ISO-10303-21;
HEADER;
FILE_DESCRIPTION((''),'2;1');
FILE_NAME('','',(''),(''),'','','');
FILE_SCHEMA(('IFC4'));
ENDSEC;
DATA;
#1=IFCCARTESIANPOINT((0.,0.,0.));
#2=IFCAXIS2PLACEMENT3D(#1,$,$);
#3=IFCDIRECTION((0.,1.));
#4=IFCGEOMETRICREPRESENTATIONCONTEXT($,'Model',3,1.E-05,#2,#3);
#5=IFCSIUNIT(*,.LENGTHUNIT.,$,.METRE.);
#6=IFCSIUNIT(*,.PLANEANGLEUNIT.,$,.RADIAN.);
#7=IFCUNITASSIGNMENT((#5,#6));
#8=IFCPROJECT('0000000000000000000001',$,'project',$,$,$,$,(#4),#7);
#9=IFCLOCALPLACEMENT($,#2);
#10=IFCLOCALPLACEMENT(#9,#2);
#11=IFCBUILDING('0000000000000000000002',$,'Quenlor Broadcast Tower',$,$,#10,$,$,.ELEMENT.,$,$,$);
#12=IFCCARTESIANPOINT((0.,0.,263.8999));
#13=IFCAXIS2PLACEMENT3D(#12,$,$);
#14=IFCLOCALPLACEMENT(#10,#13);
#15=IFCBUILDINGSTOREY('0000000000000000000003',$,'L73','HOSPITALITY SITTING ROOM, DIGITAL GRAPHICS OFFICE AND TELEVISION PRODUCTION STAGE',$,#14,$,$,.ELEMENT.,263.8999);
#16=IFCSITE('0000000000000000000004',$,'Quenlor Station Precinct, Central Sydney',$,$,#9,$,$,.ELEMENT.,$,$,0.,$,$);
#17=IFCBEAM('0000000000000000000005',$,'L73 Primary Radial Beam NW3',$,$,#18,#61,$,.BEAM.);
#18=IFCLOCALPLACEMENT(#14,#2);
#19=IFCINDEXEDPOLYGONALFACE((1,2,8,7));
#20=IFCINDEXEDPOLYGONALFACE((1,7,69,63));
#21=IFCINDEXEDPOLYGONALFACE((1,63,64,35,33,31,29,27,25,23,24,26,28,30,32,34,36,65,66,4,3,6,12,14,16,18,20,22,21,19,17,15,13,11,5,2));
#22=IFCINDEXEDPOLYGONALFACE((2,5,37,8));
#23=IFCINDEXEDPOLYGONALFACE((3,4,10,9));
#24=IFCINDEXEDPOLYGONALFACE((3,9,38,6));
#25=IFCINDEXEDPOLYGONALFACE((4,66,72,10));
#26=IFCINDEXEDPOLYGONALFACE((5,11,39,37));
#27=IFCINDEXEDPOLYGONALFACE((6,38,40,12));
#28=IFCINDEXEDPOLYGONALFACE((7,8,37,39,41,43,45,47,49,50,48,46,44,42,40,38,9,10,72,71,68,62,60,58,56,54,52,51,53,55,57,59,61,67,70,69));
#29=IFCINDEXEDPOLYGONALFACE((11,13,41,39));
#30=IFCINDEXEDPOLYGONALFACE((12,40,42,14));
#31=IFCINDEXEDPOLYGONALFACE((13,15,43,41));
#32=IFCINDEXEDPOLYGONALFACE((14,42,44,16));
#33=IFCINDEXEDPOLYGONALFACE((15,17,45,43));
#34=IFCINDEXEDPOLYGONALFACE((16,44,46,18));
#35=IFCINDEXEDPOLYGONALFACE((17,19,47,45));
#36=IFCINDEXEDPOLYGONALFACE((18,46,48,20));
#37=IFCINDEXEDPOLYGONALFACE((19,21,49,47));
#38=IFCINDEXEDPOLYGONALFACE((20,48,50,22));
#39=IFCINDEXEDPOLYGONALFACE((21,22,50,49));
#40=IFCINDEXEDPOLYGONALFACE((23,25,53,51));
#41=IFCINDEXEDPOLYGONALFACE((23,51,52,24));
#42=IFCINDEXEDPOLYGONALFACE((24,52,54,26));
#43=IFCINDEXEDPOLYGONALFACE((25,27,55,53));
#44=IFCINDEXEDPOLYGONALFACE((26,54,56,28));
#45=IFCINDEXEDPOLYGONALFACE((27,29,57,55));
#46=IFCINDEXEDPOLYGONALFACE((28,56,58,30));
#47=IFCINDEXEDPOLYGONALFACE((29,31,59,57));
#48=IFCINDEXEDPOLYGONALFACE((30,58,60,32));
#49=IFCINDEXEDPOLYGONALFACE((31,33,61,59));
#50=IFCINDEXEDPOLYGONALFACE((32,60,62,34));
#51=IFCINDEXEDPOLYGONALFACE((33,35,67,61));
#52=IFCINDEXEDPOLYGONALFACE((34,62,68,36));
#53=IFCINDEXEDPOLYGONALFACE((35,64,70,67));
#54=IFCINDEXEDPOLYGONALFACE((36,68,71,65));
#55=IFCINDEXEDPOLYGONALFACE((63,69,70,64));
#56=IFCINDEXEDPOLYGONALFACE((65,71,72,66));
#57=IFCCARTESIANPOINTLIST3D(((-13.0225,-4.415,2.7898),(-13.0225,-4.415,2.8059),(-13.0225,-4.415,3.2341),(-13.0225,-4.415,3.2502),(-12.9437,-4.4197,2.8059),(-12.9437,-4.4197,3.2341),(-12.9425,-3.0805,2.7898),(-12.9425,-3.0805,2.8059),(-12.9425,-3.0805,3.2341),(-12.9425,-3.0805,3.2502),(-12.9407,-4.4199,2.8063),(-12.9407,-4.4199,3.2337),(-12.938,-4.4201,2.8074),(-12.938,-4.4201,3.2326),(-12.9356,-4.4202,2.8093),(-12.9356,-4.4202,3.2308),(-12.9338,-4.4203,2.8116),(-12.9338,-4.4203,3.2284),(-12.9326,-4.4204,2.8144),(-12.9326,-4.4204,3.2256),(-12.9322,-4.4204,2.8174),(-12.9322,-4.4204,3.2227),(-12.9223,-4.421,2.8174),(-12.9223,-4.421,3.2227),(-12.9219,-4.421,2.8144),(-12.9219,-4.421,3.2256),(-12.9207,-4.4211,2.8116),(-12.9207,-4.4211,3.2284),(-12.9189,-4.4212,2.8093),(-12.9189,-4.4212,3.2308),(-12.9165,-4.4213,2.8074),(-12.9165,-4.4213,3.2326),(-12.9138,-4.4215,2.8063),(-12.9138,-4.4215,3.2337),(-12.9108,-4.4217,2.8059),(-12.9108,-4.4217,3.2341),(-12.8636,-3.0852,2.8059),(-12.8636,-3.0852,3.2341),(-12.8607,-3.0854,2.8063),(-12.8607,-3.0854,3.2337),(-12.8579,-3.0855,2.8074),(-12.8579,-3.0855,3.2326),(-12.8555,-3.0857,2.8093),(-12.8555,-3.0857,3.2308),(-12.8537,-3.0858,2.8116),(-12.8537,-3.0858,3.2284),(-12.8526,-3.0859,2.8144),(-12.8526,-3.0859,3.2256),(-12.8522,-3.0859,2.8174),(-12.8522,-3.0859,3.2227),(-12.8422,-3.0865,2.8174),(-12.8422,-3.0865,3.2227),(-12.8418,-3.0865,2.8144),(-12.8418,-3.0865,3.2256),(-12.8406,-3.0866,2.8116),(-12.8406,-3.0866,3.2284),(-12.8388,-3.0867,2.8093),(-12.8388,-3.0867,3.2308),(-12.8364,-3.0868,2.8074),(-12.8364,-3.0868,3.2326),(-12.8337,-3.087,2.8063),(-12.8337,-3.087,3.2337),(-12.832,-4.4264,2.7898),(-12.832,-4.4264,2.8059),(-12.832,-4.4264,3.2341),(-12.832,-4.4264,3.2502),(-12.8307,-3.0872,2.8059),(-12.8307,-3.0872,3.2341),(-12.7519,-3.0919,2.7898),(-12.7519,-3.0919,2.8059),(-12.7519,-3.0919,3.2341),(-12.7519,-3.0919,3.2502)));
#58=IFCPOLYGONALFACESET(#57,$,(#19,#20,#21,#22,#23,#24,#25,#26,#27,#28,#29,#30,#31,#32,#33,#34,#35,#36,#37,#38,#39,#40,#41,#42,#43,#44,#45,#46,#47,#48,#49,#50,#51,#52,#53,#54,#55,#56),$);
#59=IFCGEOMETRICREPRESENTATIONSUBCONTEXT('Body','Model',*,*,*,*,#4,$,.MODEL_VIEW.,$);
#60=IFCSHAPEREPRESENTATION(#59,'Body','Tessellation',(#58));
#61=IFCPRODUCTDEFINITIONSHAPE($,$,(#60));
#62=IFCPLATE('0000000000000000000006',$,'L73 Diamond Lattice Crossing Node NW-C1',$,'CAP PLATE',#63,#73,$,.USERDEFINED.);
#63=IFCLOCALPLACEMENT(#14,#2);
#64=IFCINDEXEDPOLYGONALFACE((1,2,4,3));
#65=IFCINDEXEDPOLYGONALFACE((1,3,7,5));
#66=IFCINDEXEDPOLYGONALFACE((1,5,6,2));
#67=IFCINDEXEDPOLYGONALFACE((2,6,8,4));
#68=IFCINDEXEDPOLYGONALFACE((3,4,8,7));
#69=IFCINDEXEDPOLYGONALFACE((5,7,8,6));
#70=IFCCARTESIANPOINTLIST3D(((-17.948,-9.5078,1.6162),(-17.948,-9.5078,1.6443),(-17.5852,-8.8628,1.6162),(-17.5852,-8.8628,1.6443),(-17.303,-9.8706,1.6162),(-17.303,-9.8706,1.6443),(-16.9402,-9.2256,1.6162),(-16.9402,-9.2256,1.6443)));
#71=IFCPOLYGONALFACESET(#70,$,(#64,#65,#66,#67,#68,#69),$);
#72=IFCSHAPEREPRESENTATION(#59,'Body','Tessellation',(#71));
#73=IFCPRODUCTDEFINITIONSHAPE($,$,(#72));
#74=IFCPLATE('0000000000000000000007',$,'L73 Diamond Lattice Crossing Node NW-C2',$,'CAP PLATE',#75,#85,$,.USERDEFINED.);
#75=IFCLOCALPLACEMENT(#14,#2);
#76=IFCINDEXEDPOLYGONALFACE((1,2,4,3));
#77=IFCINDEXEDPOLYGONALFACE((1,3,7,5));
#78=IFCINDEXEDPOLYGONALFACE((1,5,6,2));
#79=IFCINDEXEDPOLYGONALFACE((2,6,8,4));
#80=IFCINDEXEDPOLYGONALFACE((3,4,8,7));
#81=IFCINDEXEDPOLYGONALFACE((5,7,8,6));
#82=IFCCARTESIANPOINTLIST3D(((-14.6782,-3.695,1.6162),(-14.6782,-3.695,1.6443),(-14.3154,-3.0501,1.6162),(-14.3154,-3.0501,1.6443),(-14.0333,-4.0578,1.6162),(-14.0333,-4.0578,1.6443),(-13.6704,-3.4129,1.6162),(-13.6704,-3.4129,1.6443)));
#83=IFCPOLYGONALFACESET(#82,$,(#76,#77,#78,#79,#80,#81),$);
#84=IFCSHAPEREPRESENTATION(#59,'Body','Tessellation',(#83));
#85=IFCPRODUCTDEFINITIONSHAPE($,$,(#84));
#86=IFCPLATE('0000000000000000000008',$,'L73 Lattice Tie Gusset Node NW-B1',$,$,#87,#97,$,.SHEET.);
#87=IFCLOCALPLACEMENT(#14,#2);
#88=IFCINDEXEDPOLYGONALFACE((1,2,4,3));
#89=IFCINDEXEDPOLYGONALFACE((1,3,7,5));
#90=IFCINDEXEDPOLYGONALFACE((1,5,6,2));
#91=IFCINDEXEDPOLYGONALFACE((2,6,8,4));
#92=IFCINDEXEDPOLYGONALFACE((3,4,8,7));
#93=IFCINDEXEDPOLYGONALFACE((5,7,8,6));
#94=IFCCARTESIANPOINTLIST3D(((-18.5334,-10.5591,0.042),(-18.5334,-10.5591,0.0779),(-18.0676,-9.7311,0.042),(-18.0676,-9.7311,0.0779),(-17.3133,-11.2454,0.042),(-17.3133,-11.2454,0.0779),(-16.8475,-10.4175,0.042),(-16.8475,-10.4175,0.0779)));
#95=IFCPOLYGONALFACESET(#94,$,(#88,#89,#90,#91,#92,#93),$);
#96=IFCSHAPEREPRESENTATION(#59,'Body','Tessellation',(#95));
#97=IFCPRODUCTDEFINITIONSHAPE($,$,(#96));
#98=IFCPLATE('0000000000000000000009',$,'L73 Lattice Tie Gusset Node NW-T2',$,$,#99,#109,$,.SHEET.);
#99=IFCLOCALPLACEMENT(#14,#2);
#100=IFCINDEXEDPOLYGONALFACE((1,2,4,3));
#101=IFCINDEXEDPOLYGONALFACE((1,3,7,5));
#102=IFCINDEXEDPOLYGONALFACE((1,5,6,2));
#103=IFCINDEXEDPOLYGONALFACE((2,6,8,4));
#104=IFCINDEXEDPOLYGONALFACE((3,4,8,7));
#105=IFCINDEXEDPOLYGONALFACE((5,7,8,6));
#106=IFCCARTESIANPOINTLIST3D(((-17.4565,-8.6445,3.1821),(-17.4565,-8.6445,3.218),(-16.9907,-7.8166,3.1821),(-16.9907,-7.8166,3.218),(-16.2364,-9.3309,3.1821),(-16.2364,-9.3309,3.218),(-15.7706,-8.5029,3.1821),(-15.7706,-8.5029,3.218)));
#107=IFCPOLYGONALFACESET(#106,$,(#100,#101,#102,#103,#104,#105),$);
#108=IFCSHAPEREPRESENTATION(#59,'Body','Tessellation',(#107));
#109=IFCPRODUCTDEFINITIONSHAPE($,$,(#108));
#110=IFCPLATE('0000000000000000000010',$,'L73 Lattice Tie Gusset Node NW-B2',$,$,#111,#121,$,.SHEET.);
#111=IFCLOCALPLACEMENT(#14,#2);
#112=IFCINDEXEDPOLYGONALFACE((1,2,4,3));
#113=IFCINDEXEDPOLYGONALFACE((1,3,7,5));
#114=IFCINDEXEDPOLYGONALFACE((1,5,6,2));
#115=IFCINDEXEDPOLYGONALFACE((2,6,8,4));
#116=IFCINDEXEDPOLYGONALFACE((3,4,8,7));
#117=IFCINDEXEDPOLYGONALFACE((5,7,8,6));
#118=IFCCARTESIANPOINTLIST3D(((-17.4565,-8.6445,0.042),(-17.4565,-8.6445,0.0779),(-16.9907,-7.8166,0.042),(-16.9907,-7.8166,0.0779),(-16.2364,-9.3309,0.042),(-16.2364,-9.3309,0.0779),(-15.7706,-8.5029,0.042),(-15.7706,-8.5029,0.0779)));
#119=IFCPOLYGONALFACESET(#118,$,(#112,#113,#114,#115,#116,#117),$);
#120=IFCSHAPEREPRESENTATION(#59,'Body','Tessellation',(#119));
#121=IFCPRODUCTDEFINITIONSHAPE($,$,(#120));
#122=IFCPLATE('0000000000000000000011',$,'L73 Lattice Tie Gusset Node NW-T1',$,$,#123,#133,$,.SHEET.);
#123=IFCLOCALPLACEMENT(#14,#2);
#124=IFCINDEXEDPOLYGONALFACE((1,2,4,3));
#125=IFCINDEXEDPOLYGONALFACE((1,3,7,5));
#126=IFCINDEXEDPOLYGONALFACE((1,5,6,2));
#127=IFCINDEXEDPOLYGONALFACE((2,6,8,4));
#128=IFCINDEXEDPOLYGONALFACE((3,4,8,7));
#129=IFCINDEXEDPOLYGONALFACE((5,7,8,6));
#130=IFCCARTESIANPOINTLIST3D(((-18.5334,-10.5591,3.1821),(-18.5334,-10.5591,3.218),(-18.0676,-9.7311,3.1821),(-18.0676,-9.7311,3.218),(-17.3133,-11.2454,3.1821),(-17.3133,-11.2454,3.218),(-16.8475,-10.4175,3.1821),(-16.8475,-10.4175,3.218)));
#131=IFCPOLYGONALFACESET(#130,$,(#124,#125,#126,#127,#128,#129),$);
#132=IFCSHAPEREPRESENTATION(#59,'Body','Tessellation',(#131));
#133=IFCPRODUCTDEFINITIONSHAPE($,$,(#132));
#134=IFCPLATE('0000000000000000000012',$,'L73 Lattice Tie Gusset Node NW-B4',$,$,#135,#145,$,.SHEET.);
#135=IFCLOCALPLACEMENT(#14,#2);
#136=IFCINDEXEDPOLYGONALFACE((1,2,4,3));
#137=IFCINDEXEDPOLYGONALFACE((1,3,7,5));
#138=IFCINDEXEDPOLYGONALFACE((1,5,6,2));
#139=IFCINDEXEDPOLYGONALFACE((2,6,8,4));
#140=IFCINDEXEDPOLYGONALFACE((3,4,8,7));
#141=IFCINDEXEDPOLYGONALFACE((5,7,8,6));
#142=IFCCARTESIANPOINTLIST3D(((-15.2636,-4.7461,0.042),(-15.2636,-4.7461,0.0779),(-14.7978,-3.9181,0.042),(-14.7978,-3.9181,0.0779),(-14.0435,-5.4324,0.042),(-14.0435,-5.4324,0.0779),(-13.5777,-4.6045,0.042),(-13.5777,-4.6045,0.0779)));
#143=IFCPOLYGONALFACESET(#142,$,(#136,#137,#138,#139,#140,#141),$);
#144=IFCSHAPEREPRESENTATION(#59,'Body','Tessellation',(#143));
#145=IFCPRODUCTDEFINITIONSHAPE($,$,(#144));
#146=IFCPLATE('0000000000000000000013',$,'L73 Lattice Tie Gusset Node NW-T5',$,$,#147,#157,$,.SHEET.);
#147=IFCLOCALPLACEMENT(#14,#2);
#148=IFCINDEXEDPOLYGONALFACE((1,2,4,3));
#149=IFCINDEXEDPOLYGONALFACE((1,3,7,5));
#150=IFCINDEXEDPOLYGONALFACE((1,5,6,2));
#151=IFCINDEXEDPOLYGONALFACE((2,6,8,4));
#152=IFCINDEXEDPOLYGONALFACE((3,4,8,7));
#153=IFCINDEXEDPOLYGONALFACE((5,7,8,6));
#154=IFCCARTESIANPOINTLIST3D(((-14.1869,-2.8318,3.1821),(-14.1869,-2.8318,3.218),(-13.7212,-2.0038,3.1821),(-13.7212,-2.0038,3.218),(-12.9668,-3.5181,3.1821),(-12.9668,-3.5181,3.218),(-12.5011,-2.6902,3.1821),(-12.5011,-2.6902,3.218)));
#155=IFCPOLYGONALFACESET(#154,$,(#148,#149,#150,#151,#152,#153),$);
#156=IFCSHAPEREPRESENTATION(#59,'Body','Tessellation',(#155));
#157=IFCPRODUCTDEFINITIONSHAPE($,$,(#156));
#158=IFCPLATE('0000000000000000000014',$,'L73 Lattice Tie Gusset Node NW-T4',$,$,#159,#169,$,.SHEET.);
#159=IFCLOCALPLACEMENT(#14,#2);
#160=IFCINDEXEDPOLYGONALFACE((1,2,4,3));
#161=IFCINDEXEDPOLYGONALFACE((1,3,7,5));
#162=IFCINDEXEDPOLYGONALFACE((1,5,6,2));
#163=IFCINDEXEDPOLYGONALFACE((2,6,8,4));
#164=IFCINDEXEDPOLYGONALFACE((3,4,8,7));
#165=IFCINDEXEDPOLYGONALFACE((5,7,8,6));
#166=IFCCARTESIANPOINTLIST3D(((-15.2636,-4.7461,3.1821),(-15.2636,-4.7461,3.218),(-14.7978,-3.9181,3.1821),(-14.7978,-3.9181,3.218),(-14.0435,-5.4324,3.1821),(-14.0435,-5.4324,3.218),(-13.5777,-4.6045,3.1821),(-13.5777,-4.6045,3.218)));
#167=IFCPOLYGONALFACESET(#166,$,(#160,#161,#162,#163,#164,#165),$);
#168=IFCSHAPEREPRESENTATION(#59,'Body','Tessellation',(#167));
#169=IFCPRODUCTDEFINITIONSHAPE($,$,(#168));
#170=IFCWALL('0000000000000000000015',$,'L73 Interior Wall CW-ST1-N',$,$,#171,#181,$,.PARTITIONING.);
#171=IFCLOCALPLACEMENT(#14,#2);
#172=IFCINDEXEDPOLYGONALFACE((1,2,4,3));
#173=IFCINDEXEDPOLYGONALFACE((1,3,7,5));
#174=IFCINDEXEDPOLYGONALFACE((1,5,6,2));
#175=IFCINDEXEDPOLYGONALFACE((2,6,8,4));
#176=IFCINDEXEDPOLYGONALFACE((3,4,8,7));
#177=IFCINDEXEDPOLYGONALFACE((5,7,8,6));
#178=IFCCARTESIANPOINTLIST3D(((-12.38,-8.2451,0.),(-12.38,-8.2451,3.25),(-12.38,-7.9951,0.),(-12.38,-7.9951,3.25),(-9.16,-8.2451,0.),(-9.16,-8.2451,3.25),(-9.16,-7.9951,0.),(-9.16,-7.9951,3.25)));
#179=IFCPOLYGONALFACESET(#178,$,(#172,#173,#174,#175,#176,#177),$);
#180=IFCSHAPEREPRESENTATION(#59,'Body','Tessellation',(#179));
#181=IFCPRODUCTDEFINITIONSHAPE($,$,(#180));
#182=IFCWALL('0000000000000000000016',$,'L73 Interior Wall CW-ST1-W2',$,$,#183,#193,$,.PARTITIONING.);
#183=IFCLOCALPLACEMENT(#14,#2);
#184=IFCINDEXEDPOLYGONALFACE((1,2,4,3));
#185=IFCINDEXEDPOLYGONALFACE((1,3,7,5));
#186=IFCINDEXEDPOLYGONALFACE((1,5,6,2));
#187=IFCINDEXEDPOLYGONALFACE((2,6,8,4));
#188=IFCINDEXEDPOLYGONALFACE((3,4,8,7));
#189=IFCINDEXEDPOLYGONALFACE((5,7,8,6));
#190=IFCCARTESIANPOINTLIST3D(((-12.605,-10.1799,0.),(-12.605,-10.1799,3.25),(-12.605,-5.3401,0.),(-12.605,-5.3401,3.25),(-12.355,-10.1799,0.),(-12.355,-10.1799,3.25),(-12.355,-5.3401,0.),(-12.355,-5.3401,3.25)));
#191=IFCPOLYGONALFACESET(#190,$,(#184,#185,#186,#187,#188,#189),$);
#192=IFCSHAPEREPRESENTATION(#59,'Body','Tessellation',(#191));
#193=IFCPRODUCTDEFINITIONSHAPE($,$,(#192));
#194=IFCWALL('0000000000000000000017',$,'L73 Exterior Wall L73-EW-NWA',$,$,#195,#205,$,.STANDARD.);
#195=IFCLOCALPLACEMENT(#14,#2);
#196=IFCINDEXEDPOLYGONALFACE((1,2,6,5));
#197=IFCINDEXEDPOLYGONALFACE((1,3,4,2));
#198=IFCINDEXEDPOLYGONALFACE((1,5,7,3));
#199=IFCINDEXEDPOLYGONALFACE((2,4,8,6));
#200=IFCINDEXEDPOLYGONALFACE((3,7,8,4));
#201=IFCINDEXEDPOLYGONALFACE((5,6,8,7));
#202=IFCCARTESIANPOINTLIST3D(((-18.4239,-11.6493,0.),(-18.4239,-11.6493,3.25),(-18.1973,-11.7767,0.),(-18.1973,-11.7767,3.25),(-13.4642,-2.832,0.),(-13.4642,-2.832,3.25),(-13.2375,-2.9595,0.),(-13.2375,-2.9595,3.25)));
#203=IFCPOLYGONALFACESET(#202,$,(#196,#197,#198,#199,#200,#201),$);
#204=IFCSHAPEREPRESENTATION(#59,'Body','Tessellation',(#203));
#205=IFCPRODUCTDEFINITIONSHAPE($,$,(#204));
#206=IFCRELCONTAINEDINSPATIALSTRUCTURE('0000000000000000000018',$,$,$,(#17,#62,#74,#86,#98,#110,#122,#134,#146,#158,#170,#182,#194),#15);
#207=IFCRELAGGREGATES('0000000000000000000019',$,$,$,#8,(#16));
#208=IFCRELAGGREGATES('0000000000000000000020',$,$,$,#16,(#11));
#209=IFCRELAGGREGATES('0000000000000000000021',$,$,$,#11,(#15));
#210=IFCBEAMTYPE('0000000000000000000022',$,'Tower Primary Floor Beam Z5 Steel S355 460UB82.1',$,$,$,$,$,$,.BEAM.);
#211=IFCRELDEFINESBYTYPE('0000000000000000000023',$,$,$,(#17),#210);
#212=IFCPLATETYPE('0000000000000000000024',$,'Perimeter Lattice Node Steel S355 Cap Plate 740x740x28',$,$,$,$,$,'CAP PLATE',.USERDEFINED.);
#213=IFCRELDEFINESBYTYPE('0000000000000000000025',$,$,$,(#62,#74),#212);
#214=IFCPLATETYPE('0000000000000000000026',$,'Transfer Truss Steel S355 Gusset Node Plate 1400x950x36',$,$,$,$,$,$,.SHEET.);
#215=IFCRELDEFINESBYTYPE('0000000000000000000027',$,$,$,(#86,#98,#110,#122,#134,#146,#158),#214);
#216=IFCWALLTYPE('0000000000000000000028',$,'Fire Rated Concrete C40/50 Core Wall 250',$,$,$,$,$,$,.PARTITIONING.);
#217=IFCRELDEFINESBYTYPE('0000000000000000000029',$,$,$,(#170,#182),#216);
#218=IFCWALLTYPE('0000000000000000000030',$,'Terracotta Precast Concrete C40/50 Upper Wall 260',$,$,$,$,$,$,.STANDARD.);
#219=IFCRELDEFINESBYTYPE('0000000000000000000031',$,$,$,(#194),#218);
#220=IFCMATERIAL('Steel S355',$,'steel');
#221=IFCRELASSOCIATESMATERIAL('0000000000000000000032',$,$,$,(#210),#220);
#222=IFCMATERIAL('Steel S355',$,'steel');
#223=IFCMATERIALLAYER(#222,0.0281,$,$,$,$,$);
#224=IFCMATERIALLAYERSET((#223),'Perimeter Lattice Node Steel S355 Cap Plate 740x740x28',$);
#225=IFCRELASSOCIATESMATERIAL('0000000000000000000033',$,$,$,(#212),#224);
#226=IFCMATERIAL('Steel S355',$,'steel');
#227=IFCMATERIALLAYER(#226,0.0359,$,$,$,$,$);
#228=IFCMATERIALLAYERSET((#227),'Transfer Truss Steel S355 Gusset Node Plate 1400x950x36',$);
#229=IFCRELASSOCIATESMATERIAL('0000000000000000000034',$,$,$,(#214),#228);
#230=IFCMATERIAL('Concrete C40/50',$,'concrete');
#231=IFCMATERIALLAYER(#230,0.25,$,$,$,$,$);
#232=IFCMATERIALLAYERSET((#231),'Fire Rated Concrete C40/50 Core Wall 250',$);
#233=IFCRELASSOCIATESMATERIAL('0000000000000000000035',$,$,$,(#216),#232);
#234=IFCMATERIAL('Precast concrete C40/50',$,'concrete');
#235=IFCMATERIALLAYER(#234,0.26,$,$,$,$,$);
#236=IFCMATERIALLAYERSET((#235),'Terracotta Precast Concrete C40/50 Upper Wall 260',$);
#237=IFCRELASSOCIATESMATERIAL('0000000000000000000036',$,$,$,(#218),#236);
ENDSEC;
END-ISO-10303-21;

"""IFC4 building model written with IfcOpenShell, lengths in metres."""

from ifc_helpers import new_model, si_unit, direction, frame, frame_2d, origin, origin_2d, place, context, subcontext, project, spatial, rectangle, i_section, extrude, material, layer, layer_set, material_profile, profile_set, type_object, element, save


model = new_model("IFC4")

# Units and contexts
model_context = context("Model", 3, precision=1e-05, world=origin(), true_north=direction((0.0, 1.0)))
body_context = subcontext(model_context, "Body", "Model", "MODEL_VIEW")
ifc_project = project(units=[si_unit("LENGTHUNIT", "METRE"), si_unit("PLANEANGLEUNIT", "RADIAN")], contexts=[model_context])

# Site, building, storey
site_placement = place(None, origin())
site = spatial("IfcSite", under=ifc_project, at=site_placement, Name="Quenlor Station Precinct, Central Sydney", CompositionType="ELEMENT", RefElevation=0.0)
building_placement = place(site_placement, origin())
building = spatial("IfcBuilding", under=site, at=building_placement, Name="Quenlor Broadcast Tower", CompositionType="ELEMENT")
storey_placement = place(building_placement, frame((0.0, 0.0, 263.8999)))
storey = spatial("IfcBuildingStorey", under=building, at=storey_placement, Name="L73", Description="HOSPITALITY SITTING ROOM, DIGITAL GRAPHICS OFFICE AND TELEVISION PRODUCTION STAGE", CompositionType="ELEMENT", Elevation=263.8999)

# Beam
ifc_material_1 = material(Name="Steel S355", Category="steel")
ifc_material_profile_1 = material_profile(ifc_material_1, i_section(OverallWidth=0.1909, OverallDepth=0.4604, WebThickness=0.01, FlangeThickness=0.0161, FilletRadius=0.0115, at=origin_2d()))
ifc_profile_set_1 = profile_set([ifc_material_profile_1], Name="Steel S355 460UB82.1")
beam_type_1 = type_object("IfcBeamType", Name="Tower Primary Floor Beam Z5 Steel S355 460UB82.1", PredefinedType="BEAM", material=ifc_profile_set_1)
beam_1_placement = place(storey_placement, frame((-12.8472, -3.0862, 3.02), z_axis=(-0.0599, -0.998204, 0.0), x_axis=(0.998204, -0.0599, 0.0)))
element("IfcBeam", 1, at=beam_1_placement, inside=storey, type_object=beam_type_1, Name="L73 Primary Radial Beam NW3", PredefinedType="BEAM", context=body_context, shape_type="SweptSolid", body=[
    extrude(i_section(OverallWidth=0.1909, OverallDepth=0.4604, WebThickness=0.01, FlangeThickness=0.0161, FilletRadius=0.0115, at=origin_2d()), origin(), (0.0, 0.0, 1.0), 1.3369),
])

# Plates
ifc_material_2 = material(Name="Steel S355", Category="steel")
ifc_layer_1 = layer(ifc_material_2, 0.0281)
ifc_layer_set_1 = layer_set([ifc_layer_1], Name="Perimeter Lattice Node Steel S355 Cap Plate 740x740x28")
plate_type_1 = type_object("IfcPlateType", Name="Perimeter Lattice Node Steel S355 Cap Plate 740x740x28", ElementType="CAP PLATE", PredefinedType="USERDEFINED", material=ifc_layer_set_1)
for number, where, z_axis, x_axis, name in (
    (2, (-17.4441, -9.3667, 1.6162), (0.0, 0.0, 1.0), (0.490295, 0.871556, 0.0), "L73 Diamond Lattice Crossing Node NW-C1"),
    (3, (-14.1743, -3.554, 1.6162), (0.0, 0.0, 1.0), (0.490295, 0.871556, 0.0), "L73 Diamond Lattice Crossing Node NW-C2"),
):
    element("IfcPlate", number, at=place(storey_placement, frame(where, z_axis=z_axis, x_axis=x_axis)), inside=storey, type_object=plate_type_1, Name=name, ObjectType="CAP PLATE", PredefinedType="USERDEFINED", context=body_context, shape_type="SweptSolid", body=[
        extrude(rectangle(XDim=0.74, YDim=0.74, at=origin_2d()), origin(), (0.0, 0.0, 1.0), 0.0281),
    ])
ifc_material_3 = material(Name="Steel S355", Category="steel")
ifc_layer_2 = layer(ifc_material_3, 0.0359)
ifc_layer_set_2 = layer_set([ifc_layer_2], Name="Transfer Truss Steel S355 Gusset Node Plate 1400x950x36")
plate_type_2 = type_object("IfcPlateType", Name="Transfer Truss Steel S355 Gusset Node Plate 1400x950x36", PredefinedType="SHEET", material=ifc_layer_set_2)
for number, where, z_axis, x_axis, name in (
    (4, (-17.6904, -10.4883, 0.042), (0.0, 0.0, 1.0), (-0.871556, 0.490295, 0.0), "L73 Lattice Tie Gusset Node NW-B1"),
    (5, (-16.6135, -8.5737, 3.1821), (0.0, 0.0, 1.0), (-0.871556, 0.490295, 0.0), "L73 Lattice Tie Gusset Node NW-T2"),
    (6, (-16.6135, -8.5737, 0.042), (0.0, 0.0, 1.0), (-0.871556, 0.490295, 0.0), "L73 Lattice Tie Gusset Node NW-B2"),
    (7, (-17.6904, -10.4883, 3.1821), (0.0, 0.0, 1.0), (-0.871556, 0.490295, 0.0), "L73 Lattice Tie Gusset Node NW-T1"),
    (8, (-14.4207, -4.6753, 0.042), (0.0, 0.0, 1.0), (-0.871556, 0.490295, 0.0), "L73 Lattice Tie Gusset Node NW-B4"),
    (9, (-13.344, -2.761, 3.1821), (0.0, 0.0, 1.0), (-0.871556, 0.490295, 0.0), "L73 Lattice Tie Gusset Node NW-T5"),
    (10, (-14.4207, -4.6753, 3.1821), (0.0, 0.0, 1.0), (-0.871556, 0.490295, 0.0), "L73 Lattice Tie Gusset Node NW-T4"),
):
    element("IfcPlate", number, at=place(storey_placement, frame(where, z_axis=z_axis, x_axis=x_axis)), inside=storey, type_object=plate_type_2, Name=name, PredefinedType="SHEET", context=body_context, shape_type="SweptSolid", body=[
        extrude(rectangle(XDim=1.3999, YDim=0.95, at=origin_2d()), origin(), (0.0, 0.0, 1.0), 0.0359),
    ])

# Walls
ifc_material_4 = material(Name="Concrete C40/50", Category="concrete")
ifc_layer_3 = layer(ifc_material_4, 0.25)
ifc_layer_set_3 = layer_set([ifc_layer_3], Name="Fire Rated Concrete C40/50 Core Wall 250")
wall_type_1 = type_object("IfcWallType", Name="Fire Rated Concrete C40/50 Core Wall 250", PredefinedType="PARTITIONING", material=ifc_layer_set_3)
wall_1_placement = place(storey_placement, frame((-12.3799, -8.1201, 0.0), z_axis=(0.0, 0.0, 1.0), x_axis=(1.0, 0.0, 0.0)))
element("IfcWall", 11, at=wall_1_placement, inside=storey, type_object=wall_type_1, Name="L73 Interior Wall CW-ST1-N", PredefinedType="PARTITIONING", context=body_context, shape_type="SweptSolid", body=[
    extrude(rectangle(XDim=3.22, YDim=0.25, at=frame_2d((1.6099, 0.0))), origin(), (0.0, 0.0, 1.0), 3.25),
])
wall_2_placement = place(storey_placement, frame((-12.48, -10.1799, 0.0), z_axis=(0.0, 0.0, 1.0), x_axis=(0.0, 1.0, 0.0)))
element("IfcWall", 12, at=wall_2_placement, inside=storey, type_object=wall_type_1, Name="L73 Interior Wall CW-ST1-W2", PredefinedType="PARTITIONING", context=body_context, shape_type="SweptSolid", body=[
    extrude(rectangle(XDim=4.8398, YDim=0.25, at=frame_2d((2.4199, 0.0))), origin(), (0.0, 0.0, 1.0), 3.25),
])

# Wall
ifc_material_5 = material(Name="Precast concrete C40/50", Category="concrete")
ifc_layer_4 = layer(ifc_material_5, 0.26)
ifc_layer_set_4 = layer_set([ifc_layer_4], Name="Terracotta Precast Concrete C40/50 Upper Wall 260")
wall_type_2 = type_object("IfcWallType", Name="Terracotta Precast Concrete C40/50 Upper Wall 260", PredefinedType="STANDARD", material=ifc_layer_set_4)
wall_3_placement = place(storey_placement, frame((-18.3105, -11.7129, 0.0), z_axis=(0.0, 0.0, 1.0), x_axis=(0.490267, 0.871572, 0.0)))
element("IfcWall", 13, at=wall_3_placement, inside=storey, type_object=wall_type_2, Name="L73 Exterior Wall L73-EW-NWA", PredefinedType="STANDARD", context=body_context, shape_type="SweptSolid", body=[
    extrude(rectangle(XDim=10.1165, YDim=0.26, at=frame_2d((5.0581, 0.0))), origin(), (0.0, 0.0, 1.0), 3.25),
])

save(model, "model.ifc")
